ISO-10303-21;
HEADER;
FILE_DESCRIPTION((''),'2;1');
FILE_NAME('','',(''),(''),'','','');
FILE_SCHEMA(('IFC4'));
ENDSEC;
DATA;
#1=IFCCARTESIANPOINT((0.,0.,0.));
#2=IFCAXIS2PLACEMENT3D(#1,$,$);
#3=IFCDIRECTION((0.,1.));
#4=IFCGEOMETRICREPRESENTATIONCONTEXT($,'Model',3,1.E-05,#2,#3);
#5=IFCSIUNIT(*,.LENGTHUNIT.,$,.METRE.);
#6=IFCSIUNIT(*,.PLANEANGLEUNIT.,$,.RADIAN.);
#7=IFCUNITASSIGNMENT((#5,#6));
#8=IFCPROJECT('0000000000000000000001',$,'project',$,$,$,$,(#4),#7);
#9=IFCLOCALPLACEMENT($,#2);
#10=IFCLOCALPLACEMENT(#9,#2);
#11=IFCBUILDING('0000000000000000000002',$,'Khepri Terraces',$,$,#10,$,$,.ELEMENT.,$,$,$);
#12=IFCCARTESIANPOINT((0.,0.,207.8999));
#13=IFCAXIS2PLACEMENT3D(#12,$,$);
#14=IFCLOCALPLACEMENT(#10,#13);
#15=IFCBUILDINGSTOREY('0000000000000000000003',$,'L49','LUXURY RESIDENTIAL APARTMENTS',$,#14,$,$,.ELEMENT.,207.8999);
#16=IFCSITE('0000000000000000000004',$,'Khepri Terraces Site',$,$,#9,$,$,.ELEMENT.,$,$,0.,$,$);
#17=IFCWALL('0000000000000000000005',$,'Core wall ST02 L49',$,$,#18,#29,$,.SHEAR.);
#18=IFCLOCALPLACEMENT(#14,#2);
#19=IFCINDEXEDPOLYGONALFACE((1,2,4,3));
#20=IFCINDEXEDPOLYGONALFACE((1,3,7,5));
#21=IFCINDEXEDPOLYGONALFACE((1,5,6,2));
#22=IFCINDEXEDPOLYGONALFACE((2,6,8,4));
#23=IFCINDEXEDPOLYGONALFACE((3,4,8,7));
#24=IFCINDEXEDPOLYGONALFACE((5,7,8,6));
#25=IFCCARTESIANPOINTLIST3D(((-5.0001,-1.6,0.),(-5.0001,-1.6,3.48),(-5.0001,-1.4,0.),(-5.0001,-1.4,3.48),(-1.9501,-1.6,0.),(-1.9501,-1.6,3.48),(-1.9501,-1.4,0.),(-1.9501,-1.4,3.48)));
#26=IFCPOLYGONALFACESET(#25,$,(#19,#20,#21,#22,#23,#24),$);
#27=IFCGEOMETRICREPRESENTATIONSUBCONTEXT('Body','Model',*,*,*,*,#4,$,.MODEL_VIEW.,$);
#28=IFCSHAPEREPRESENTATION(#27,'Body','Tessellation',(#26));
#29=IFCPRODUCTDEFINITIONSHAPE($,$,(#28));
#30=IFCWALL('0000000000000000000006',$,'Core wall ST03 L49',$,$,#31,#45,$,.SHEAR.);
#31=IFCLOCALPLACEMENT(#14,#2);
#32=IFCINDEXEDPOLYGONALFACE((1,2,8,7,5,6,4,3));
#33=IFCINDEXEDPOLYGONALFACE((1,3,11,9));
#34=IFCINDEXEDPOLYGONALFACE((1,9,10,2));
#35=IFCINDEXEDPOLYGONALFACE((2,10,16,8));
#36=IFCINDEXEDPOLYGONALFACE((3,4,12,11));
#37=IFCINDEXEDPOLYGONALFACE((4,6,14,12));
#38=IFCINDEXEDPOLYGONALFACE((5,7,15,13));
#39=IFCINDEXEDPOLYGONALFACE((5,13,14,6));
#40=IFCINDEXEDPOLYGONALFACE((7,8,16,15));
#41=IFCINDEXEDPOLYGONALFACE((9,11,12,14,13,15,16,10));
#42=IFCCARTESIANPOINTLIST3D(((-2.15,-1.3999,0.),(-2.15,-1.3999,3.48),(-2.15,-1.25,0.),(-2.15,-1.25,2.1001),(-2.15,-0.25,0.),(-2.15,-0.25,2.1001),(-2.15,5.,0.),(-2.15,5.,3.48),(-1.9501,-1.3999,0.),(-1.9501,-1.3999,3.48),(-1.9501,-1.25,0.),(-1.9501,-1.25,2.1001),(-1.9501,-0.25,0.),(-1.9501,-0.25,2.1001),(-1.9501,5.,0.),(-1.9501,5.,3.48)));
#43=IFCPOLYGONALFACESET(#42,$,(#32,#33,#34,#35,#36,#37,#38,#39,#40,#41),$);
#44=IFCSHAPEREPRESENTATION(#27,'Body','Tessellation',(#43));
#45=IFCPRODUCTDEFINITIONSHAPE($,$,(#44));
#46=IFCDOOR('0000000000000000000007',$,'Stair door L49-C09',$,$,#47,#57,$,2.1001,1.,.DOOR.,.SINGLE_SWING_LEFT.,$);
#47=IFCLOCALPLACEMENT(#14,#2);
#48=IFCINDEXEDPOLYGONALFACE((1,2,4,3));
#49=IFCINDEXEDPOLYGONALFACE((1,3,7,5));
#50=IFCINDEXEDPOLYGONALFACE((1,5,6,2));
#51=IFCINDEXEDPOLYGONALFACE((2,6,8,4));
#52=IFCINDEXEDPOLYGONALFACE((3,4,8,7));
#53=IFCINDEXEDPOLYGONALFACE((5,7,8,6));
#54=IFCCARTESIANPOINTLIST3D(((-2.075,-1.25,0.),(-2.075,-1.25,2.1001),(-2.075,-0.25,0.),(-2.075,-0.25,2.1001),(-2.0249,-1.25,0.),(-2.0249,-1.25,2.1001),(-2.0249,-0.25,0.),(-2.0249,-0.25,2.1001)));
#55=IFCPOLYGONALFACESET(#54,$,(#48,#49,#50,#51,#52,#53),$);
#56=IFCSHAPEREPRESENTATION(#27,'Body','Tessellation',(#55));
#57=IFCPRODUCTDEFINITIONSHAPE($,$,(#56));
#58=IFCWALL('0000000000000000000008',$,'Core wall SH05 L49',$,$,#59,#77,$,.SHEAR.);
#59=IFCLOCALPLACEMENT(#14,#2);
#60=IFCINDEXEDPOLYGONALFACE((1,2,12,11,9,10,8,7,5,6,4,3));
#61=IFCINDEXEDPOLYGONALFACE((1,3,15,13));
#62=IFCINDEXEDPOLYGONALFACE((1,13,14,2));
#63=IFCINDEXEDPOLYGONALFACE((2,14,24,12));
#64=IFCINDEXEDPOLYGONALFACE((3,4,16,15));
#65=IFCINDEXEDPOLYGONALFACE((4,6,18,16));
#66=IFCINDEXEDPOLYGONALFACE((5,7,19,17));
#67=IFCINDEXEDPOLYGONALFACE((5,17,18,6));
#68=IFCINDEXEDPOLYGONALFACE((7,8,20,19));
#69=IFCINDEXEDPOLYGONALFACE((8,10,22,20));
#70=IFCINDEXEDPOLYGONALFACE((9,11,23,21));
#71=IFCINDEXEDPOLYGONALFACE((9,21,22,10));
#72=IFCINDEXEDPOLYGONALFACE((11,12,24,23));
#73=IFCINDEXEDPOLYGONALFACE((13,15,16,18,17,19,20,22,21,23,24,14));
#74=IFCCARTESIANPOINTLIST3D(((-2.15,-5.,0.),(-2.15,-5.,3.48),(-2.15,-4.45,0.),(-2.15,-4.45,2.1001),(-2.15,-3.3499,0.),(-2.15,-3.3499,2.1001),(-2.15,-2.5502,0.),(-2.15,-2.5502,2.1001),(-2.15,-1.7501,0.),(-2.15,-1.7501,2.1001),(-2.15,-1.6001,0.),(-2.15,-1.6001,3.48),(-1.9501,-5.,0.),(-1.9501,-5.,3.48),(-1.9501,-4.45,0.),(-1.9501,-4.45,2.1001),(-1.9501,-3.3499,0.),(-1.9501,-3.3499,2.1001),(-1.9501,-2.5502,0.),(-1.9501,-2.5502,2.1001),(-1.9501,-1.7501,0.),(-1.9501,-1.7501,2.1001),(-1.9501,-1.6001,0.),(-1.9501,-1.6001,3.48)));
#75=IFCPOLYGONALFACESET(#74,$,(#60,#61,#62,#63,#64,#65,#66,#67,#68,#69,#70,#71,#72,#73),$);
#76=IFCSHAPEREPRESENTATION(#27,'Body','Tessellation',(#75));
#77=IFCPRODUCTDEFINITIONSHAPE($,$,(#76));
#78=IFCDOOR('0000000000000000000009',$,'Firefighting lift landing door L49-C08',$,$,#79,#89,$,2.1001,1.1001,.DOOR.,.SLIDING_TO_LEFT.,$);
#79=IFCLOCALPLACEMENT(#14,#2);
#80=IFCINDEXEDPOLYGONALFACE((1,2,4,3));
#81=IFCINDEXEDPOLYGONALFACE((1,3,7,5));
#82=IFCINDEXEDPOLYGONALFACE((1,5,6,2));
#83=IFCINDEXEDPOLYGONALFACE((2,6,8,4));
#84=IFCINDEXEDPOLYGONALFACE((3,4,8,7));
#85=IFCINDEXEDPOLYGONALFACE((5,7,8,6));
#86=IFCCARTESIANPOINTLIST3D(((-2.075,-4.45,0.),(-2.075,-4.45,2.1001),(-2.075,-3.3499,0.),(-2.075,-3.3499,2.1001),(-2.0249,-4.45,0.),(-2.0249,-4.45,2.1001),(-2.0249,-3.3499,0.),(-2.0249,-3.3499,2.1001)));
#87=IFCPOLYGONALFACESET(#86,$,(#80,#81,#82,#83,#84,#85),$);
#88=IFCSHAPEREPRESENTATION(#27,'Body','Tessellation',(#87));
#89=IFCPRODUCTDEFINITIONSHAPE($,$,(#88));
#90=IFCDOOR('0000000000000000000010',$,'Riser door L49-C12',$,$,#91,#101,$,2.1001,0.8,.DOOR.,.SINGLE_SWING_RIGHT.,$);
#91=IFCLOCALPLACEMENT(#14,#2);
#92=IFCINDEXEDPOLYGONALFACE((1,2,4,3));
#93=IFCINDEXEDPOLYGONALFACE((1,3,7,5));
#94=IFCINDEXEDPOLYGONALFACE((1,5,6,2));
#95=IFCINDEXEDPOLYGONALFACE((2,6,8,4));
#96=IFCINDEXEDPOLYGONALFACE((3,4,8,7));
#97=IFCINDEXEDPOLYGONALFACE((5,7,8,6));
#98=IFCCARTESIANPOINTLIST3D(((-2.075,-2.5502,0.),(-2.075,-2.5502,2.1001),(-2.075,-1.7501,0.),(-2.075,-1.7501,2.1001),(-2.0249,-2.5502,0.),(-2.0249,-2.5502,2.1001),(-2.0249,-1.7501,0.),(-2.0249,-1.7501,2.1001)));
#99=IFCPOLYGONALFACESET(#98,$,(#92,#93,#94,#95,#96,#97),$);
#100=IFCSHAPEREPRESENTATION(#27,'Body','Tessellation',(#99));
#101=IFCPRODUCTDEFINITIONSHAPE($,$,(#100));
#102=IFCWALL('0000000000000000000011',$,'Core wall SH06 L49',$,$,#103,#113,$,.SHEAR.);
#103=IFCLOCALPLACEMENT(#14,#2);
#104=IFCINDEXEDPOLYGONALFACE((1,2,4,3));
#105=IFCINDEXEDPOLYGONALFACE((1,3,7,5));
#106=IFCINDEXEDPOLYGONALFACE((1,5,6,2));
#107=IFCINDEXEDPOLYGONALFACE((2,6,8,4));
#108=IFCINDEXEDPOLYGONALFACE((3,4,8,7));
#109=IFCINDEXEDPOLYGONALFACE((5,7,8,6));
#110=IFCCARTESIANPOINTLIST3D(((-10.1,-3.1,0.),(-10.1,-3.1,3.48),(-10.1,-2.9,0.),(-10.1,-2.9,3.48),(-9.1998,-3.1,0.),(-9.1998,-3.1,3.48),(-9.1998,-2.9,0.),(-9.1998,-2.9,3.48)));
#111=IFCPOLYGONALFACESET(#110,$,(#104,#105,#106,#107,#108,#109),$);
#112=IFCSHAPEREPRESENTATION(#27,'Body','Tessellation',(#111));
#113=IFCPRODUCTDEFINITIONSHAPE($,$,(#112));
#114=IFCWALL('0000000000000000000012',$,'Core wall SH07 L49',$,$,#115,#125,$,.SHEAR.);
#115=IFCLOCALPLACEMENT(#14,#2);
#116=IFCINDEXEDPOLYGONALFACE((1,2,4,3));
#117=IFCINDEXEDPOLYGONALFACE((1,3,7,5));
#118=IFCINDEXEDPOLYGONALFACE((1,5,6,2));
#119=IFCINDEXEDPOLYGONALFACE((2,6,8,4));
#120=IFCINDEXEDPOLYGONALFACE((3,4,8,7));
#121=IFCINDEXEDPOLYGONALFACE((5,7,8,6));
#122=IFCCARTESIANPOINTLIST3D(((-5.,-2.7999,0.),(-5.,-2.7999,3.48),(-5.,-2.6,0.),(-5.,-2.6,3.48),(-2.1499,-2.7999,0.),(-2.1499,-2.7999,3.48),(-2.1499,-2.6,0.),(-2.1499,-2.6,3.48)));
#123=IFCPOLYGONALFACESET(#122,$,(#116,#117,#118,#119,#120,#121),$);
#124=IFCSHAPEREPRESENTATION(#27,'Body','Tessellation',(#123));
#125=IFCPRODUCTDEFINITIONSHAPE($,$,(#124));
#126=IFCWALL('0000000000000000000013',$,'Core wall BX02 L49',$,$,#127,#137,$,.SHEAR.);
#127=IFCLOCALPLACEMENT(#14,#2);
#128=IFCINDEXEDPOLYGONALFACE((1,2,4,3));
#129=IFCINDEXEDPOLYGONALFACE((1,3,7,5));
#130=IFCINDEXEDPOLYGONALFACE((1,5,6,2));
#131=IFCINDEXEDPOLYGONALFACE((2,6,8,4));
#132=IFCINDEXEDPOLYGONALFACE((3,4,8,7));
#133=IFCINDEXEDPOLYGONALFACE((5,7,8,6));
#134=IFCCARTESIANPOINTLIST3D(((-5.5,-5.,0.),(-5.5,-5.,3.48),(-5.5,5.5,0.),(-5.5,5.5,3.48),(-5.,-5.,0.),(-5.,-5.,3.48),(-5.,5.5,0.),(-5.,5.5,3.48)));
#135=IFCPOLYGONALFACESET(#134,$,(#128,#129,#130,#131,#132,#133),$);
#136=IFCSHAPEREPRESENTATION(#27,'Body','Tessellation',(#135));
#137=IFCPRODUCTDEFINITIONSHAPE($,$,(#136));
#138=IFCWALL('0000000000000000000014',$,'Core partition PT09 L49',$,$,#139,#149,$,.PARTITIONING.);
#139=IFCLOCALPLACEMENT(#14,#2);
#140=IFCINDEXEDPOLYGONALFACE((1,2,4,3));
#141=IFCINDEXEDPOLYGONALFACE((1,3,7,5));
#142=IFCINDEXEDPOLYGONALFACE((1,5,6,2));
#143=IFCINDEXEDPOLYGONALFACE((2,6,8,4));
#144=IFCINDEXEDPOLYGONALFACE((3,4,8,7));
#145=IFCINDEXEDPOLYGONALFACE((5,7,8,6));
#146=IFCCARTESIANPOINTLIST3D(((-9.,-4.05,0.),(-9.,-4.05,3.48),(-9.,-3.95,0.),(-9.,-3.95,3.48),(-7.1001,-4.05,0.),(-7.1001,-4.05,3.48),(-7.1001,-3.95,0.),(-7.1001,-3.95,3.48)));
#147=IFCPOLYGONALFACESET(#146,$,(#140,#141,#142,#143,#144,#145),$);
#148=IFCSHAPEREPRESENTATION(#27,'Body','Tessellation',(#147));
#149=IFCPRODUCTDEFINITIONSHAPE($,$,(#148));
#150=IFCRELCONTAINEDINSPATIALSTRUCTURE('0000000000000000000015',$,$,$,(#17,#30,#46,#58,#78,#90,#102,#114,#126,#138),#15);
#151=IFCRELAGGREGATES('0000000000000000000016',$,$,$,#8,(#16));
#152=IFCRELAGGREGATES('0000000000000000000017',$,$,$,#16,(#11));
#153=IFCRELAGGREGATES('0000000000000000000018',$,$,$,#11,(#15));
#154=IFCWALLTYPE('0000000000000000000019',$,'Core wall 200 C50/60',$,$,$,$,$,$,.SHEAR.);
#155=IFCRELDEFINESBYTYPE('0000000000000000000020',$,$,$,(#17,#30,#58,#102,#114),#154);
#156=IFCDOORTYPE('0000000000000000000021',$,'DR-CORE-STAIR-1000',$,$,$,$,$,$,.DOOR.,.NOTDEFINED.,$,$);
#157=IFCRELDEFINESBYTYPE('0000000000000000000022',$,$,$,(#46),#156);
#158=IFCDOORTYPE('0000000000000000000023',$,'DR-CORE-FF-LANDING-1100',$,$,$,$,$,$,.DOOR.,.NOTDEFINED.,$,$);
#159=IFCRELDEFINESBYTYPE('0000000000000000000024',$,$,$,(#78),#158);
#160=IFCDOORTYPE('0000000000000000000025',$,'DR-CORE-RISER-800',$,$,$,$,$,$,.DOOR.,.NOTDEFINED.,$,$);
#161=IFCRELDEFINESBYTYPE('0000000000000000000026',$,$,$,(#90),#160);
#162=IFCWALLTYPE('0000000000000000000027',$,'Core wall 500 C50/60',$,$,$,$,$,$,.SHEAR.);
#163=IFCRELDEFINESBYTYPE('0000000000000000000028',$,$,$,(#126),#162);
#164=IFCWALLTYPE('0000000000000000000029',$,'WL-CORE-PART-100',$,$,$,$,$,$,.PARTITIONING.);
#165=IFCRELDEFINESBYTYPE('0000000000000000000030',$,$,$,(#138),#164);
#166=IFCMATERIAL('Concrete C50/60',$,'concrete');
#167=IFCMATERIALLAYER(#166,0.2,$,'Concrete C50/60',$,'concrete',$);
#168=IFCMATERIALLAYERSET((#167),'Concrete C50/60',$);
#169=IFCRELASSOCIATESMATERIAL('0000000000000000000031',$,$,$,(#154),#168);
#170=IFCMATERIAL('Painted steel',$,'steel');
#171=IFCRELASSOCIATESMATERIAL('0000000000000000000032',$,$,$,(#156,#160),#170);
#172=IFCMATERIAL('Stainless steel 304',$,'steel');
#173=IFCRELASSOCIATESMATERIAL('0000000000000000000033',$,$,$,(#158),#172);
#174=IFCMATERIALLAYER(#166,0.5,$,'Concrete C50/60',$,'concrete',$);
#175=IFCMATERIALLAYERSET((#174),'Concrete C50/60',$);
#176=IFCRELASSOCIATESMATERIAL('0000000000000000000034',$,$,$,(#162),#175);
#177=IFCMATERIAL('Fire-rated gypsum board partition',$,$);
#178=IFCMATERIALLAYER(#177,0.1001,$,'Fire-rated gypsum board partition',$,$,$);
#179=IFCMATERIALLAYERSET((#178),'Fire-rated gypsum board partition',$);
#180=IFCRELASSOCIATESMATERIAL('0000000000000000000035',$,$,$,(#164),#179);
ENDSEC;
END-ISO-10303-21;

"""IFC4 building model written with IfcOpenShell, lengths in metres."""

from ifc_helpers import new_model, si_unit, direction, frame, frame_2d, origin, place, context, subcontext, project, spatial, rectangle, extrude, material, layer, layer_set, type_object, element, fill, save


model = new_model("IFC4")

# Units and contexts
model_context = context("Model", 3, precision=1e-05, world=origin(), true_north=direction((0.0, 1.0)))
body_context = subcontext(model_context, "Body", "Model", "MODEL_VIEW")
ifc_project = project(units=[si_unit("LENGTHUNIT", "METRE"), si_unit("PLANEANGLEUNIT", "RADIAN")], contexts=[model_context])

# Site, building, storey
site_placement = place(None, origin())
site = spatial("IfcSite", under=ifc_project, at=site_placement, Name="Khepri Terraces Site", CompositionType="ELEMENT", RefElevation=0.0)
building_placement = place(site_placement, origin())
building = spatial("IfcBuilding", under=site, at=building_placement, Name="Khepri Terraces", CompositionType="ELEMENT")
storey_placement = place(building_placement, frame((0.0, 0.0, 207.8999)))
storey = spatial("IfcBuildingStorey", under=building, at=storey_placement, Name="L49", Description="LUXURY RESIDENTIAL APARTMENTS", CompositionType="ELEMENT", Elevation=207.8999)

# Wall
ifc_material_1 = material(Name="Concrete C50/60", Category="concrete")
ifc_layer_1 = layer(ifc_material_1, 0.2, Name="Concrete C50/60", Category="concrete")
ifc_layer_set_1 = layer_set([ifc_layer_1], Name="Concrete C50/60")
wall_type_1 = type_object("IfcWallType", Name="Core wall 200 C50/60", PredefinedType="SHEAR", material=ifc_layer_set_1)
wall_1_placement = place(storey_placement, frame((-5.0, -1.5, 0.0), z_axis=(0.0, 0.0, 1.0), x_axis=(1.0, 0.0, 0.0)))
element("IfcWall", 1, at=wall_1_placement, inside=storey, type_object=wall_type_1, Name="Core wall ST02 L49", PredefinedType="SHEAR", context=body_context, shape_type="SweptSolid", body=[
    extrude(rectangle(XDim=3.05, YDim=0.2, at=frame_2d((1.5249, 0.0))), origin(), (0.0, 0.0, 1.0), 3.48),
])

# Wall, opening, door
wall_2_placement = place(storey_placement, frame((-2.05, -1.3999, 0.0), z_axis=(0.0, 0.0, 1.0), x_axis=(0.0, 1.0, 0.0)))
wall_2 = element("IfcWall", 2, at=wall_2_placement, inside=storey, type_object=wall_type_1, Name="Core wall ST03 L49", PredefinedType="SHEAR", context=body_context, shape_type="SweptSolid", body=[
    extrude(rectangle(XDim=6.3999, YDim=0.2, at=frame_2d((3.2, 0.0))), origin(), (0.0, 0.0, 1.0), 3.48),
])
opening_1_placement = place(wall_2_placement, frame((0.1499, 0.0, 0.0)))
opening_1 = element("IfcOpeningElement", 3, at=opening_1_placement, cuts=wall_2, PredefinedType="OPENING", context=body_context, shape_type="SweptSolid", body=[
    extrude(rectangle(XDim=1.0, YDim=2.1001, at=frame_2d((0.5, 1.05))), frame((0.0, 0.1099, 0.0), z_axis=(0.0, -1.0, 0.0), x_axis=(1.0, 0.0, 0.0)), (0.0, 0.0, 1.0), 0.22),
])
ifc_material_2 = material(Name="Painted steel", Category="steel")
door_type_1 = type_object("IfcDoorType", Name="DR-CORE-STAIR-1000", OperationType="NOTDEFINED", PredefinedType="DOOR", material=ifc_material_2)
door_1_placement = place(opening_1_placement, origin())
door_1 = element("IfcDoor", 4, at=door_1_placement, inside=storey, type_object=door_type_1, Name="Stair door L49-C09", OperationType="SINGLE_SWING_LEFT", OverallHeight=2.1001, OverallWidth=1.0, PredefinedType="DOOR", context=body_context, shape_type="SweptSolid", body=[
    extrude(rectangle(XDim=1.0, YDim=2.1001, at=frame_2d((0.5, 1.05))), frame((0.0, 0.0249, 0.0), z_axis=(0.0, -1.0, 0.0), x_axis=(1.0, 0.0, 0.0)), (0.0, 0.0, 1.0), 0.05),
])
fill(opening_1, door_1)

# Wall, openings, doors
wall_3_placement = place(storey_placement, frame((-2.05, -5.0, 0.0), z_axis=(0.0, 0.0, 1.0), x_axis=(0.0, 1.0, 0.0)))
wall_3 = element("IfcWall", 5, at=wall_3_placement, inside=storey, type_object=wall_type_1, Name="Core wall SH05 L49", PredefinedType="SHEAR", context=body_context, shape_type="SweptSolid", body=[
    extrude(rectangle(XDim=3.3999, YDim=0.2, at=frame_2d((1.7, 0.0))), origin(), (0.0, 0.0, 1.0), 3.48),
])
opening_2_placement = place(wall_3_placement, frame((0.55, 0.0, 0.0)))
opening_2 = element("IfcOpeningElement", 6, at=opening_2_placement, cuts=wall_3, PredefinedType="OPENING", context=body_context, shape_type="SweptSolid", body=[
    extrude(rectangle(XDim=1.1001, YDim=2.1001, at=frame_2d((0.55, 1.05))), frame((0.0, 0.1099, 0.0), z_axis=(0.0, -1.0, 0.0), x_axis=(1.0, 0.0, 0.0)), (0.0, 0.0, 1.0), 0.22),
])
opening_3_placement = place(wall_3_placement, frame((2.45, 0.0, 0.0)))
opening_3 = element("IfcOpeningElement", 7, at=opening_3_placement, cuts=wall_3, PredefinedType="OPENING", context=body_context, shape_type="SweptSolid", body=[
    extrude(rectangle(XDim=0.8, YDim=2.1001, at=frame_2d((0.3999, 1.05))), frame((0.0, 0.1099, 0.0), z_axis=(0.0, -1.0, 0.0), x_axis=(1.0, 0.0, 0.0)), (0.0, 0.0, 1.0), 0.22),
])
ifc_material_3 = material(Name="Stainless steel 304", Category="steel")
door_type_2 = type_object("IfcDoorType", Name="DR-CORE-FF-LANDING-1100", OperationType="NOTDEFINED", PredefinedType="DOOR", material=ifc_material_3)
door_2_placement = place(opening_2_placement, origin())
door_2 = element("IfcDoor", 8, at=door_2_placement, inside=storey, type_object=door_type_2, Name="Firefighting lift landing door L49-C08", OperationType="SLIDING_TO_LEFT", OverallHeight=2.1001, OverallWidth=1.1001, PredefinedType="DOOR", context=body_context, shape_type="SweptSolid", body=[
    extrude(rectangle(XDim=1.1001, YDim=2.1001, at=frame_2d((0.55, 1.05))), frame((0.0, 0.0249, 0.0), z_axis=(0.0, -1.0, 0.0), x_axis=(1.0, 0.0, 0.0)), (0.0, 0.0, 1.0), 0.05),
])
fill(opening_2, door_2)
door_type_3 = type_object("IfcDoorType", Name="DR-CORE-RISER-800", OperationType="NOTDEFINED", PredefinedType="DOOR", material=ifc_material_2)
door_3_placement = place(opening_3_placement, origin())
door_3 = element("IfcDoor", 9, at=door_3_placement, inside=storey, type_object=door_type_3, Name="Riser door L49-C12", OperationType="SINGLE_SWING_RIGHT", OverallHeight=2.1001, OverallWidth=0.8, PredefinedType="DOOR", context=body_context, shape_type="SweptSolid", body=[
    extrude(rectangle(XDim=0.8, YDim=2.1001, at=frame_2d((0.3999, 1.05))), frame((0.0, 0.0249, 0.0), z_axis=(0.0, -1.0, 0.0), x_axis=(1.0, 0.0, 0.0)), (0.0, 0.0, 1.0), 0.05),
])
fill(opening_3, door_3)

# Walls
wall_4_placement = place(storey_placement, frame((-10.1001, -3.0, 0.0), z_axis=(0.0, 0.0, 1.0), x_axis=(1.0, 0.0, 0.0)))
element("IfcWall", 10, at=wall_4_placement, inside=storey, type_object=wall_type_1, Name="Core wall SH06 L49", PredefinedType="SHEAR", context=body_context, shape_type="SweptSolid", body=[
    extrude(rectangle(XDim=0.9001, YDim=0.2, at=frame_2d((0.4502, 0.0))), origin(), (0.0, 0.0, 1.0), 3.48),
])
wall_5_placement = place(storey_placement, frame((-5.0, -2.7, 0.0), z_axis=(0.0, 0.0, 1.0), x_axis=(1.0, 0.0, 0.0)))
element("IfcWall", 11, at=wall_5_placement, inside=storey, type_object=wall_type_1, Name="Core wall SH07 L49", PredefinedType="SHEAR", context=body_context, shape_type="SweptSolid", body=[
    extrude(rectangle(XDim=2.8501, YDim=0.2, at=frame_2d((1.425, 0.0))), origin(), (0.0, 0.0, 1.0), 3.48),
])
ifc_layer_2 = layer(ifc_material_1, 0.5, Name="Concrete C50/60", Category="concrete")
ifc_layer_set_2 = layer_set([ifc_layer_2], Name="Concrete C50/60")
wall_type_2 = type_object("IfcWallType", Name="Core wall 500 C50/60", PredefinedType="SHEAR", material=ifc_layer_set_2)
wall_6_placement = place(storey_placement, frame((-5.25, -5.0, 0.0), z_axis=(0.0, 0.0, 1.0), x_axis=(0.0, 1.0, 0.0)))
element("IfcWall", 12, at=wall_6_placement, inside=storey, type_object=wall_type_2, Name="Core wall BX02 L49", PredefinedType="SHEAR", context=body_context, shape_type="SweptSolid", body=[
    extrude(rectangle(XDim=10.5, YDim=0.5, at=frame_2d((5.25, 0.0))), origin(), (0.0, 0.0, 1.0), 3.48),
])
ifc_material_4 = material(Name="Fire-rated gypsum board partition")
ifc_layer_3 = layer(ifc_material_4, 0.1001, Name="Fire-rated gypsum board partition")
ifc_layer_set_3 = layer_set([ifc_layer_3], Name="Fire-rated gypsum board partition")
wall_type_3 = type_object("IfcWallType", Name="WL-CORE-PART-100", PredefinedType="PARTITIONING", material=ifc_layer_set_3)
wall_7_placement = place(storey_placement, frame((-9.0, -4.0, 0.0), z_axis=(0.0, 0.0, 1.0), x_axis=(1.0, 0.0, 0.0)))
element("IfcWall", 13, at=wall_7_placement, inside=storey, type_object=wall_type_3, Name="Core partition PT09 L49", PredefinedType="PARTITIONING", context=body_context, shape_type="SweptSolid", body=[
    extrude(rectangle(XDim=1.8999, YDim=0.1001, at=frame_2d((0.95, 0.0))), origin(), (0.0, 0.0, 1.0), 3.48),
])

save(model, "model.ifc")
